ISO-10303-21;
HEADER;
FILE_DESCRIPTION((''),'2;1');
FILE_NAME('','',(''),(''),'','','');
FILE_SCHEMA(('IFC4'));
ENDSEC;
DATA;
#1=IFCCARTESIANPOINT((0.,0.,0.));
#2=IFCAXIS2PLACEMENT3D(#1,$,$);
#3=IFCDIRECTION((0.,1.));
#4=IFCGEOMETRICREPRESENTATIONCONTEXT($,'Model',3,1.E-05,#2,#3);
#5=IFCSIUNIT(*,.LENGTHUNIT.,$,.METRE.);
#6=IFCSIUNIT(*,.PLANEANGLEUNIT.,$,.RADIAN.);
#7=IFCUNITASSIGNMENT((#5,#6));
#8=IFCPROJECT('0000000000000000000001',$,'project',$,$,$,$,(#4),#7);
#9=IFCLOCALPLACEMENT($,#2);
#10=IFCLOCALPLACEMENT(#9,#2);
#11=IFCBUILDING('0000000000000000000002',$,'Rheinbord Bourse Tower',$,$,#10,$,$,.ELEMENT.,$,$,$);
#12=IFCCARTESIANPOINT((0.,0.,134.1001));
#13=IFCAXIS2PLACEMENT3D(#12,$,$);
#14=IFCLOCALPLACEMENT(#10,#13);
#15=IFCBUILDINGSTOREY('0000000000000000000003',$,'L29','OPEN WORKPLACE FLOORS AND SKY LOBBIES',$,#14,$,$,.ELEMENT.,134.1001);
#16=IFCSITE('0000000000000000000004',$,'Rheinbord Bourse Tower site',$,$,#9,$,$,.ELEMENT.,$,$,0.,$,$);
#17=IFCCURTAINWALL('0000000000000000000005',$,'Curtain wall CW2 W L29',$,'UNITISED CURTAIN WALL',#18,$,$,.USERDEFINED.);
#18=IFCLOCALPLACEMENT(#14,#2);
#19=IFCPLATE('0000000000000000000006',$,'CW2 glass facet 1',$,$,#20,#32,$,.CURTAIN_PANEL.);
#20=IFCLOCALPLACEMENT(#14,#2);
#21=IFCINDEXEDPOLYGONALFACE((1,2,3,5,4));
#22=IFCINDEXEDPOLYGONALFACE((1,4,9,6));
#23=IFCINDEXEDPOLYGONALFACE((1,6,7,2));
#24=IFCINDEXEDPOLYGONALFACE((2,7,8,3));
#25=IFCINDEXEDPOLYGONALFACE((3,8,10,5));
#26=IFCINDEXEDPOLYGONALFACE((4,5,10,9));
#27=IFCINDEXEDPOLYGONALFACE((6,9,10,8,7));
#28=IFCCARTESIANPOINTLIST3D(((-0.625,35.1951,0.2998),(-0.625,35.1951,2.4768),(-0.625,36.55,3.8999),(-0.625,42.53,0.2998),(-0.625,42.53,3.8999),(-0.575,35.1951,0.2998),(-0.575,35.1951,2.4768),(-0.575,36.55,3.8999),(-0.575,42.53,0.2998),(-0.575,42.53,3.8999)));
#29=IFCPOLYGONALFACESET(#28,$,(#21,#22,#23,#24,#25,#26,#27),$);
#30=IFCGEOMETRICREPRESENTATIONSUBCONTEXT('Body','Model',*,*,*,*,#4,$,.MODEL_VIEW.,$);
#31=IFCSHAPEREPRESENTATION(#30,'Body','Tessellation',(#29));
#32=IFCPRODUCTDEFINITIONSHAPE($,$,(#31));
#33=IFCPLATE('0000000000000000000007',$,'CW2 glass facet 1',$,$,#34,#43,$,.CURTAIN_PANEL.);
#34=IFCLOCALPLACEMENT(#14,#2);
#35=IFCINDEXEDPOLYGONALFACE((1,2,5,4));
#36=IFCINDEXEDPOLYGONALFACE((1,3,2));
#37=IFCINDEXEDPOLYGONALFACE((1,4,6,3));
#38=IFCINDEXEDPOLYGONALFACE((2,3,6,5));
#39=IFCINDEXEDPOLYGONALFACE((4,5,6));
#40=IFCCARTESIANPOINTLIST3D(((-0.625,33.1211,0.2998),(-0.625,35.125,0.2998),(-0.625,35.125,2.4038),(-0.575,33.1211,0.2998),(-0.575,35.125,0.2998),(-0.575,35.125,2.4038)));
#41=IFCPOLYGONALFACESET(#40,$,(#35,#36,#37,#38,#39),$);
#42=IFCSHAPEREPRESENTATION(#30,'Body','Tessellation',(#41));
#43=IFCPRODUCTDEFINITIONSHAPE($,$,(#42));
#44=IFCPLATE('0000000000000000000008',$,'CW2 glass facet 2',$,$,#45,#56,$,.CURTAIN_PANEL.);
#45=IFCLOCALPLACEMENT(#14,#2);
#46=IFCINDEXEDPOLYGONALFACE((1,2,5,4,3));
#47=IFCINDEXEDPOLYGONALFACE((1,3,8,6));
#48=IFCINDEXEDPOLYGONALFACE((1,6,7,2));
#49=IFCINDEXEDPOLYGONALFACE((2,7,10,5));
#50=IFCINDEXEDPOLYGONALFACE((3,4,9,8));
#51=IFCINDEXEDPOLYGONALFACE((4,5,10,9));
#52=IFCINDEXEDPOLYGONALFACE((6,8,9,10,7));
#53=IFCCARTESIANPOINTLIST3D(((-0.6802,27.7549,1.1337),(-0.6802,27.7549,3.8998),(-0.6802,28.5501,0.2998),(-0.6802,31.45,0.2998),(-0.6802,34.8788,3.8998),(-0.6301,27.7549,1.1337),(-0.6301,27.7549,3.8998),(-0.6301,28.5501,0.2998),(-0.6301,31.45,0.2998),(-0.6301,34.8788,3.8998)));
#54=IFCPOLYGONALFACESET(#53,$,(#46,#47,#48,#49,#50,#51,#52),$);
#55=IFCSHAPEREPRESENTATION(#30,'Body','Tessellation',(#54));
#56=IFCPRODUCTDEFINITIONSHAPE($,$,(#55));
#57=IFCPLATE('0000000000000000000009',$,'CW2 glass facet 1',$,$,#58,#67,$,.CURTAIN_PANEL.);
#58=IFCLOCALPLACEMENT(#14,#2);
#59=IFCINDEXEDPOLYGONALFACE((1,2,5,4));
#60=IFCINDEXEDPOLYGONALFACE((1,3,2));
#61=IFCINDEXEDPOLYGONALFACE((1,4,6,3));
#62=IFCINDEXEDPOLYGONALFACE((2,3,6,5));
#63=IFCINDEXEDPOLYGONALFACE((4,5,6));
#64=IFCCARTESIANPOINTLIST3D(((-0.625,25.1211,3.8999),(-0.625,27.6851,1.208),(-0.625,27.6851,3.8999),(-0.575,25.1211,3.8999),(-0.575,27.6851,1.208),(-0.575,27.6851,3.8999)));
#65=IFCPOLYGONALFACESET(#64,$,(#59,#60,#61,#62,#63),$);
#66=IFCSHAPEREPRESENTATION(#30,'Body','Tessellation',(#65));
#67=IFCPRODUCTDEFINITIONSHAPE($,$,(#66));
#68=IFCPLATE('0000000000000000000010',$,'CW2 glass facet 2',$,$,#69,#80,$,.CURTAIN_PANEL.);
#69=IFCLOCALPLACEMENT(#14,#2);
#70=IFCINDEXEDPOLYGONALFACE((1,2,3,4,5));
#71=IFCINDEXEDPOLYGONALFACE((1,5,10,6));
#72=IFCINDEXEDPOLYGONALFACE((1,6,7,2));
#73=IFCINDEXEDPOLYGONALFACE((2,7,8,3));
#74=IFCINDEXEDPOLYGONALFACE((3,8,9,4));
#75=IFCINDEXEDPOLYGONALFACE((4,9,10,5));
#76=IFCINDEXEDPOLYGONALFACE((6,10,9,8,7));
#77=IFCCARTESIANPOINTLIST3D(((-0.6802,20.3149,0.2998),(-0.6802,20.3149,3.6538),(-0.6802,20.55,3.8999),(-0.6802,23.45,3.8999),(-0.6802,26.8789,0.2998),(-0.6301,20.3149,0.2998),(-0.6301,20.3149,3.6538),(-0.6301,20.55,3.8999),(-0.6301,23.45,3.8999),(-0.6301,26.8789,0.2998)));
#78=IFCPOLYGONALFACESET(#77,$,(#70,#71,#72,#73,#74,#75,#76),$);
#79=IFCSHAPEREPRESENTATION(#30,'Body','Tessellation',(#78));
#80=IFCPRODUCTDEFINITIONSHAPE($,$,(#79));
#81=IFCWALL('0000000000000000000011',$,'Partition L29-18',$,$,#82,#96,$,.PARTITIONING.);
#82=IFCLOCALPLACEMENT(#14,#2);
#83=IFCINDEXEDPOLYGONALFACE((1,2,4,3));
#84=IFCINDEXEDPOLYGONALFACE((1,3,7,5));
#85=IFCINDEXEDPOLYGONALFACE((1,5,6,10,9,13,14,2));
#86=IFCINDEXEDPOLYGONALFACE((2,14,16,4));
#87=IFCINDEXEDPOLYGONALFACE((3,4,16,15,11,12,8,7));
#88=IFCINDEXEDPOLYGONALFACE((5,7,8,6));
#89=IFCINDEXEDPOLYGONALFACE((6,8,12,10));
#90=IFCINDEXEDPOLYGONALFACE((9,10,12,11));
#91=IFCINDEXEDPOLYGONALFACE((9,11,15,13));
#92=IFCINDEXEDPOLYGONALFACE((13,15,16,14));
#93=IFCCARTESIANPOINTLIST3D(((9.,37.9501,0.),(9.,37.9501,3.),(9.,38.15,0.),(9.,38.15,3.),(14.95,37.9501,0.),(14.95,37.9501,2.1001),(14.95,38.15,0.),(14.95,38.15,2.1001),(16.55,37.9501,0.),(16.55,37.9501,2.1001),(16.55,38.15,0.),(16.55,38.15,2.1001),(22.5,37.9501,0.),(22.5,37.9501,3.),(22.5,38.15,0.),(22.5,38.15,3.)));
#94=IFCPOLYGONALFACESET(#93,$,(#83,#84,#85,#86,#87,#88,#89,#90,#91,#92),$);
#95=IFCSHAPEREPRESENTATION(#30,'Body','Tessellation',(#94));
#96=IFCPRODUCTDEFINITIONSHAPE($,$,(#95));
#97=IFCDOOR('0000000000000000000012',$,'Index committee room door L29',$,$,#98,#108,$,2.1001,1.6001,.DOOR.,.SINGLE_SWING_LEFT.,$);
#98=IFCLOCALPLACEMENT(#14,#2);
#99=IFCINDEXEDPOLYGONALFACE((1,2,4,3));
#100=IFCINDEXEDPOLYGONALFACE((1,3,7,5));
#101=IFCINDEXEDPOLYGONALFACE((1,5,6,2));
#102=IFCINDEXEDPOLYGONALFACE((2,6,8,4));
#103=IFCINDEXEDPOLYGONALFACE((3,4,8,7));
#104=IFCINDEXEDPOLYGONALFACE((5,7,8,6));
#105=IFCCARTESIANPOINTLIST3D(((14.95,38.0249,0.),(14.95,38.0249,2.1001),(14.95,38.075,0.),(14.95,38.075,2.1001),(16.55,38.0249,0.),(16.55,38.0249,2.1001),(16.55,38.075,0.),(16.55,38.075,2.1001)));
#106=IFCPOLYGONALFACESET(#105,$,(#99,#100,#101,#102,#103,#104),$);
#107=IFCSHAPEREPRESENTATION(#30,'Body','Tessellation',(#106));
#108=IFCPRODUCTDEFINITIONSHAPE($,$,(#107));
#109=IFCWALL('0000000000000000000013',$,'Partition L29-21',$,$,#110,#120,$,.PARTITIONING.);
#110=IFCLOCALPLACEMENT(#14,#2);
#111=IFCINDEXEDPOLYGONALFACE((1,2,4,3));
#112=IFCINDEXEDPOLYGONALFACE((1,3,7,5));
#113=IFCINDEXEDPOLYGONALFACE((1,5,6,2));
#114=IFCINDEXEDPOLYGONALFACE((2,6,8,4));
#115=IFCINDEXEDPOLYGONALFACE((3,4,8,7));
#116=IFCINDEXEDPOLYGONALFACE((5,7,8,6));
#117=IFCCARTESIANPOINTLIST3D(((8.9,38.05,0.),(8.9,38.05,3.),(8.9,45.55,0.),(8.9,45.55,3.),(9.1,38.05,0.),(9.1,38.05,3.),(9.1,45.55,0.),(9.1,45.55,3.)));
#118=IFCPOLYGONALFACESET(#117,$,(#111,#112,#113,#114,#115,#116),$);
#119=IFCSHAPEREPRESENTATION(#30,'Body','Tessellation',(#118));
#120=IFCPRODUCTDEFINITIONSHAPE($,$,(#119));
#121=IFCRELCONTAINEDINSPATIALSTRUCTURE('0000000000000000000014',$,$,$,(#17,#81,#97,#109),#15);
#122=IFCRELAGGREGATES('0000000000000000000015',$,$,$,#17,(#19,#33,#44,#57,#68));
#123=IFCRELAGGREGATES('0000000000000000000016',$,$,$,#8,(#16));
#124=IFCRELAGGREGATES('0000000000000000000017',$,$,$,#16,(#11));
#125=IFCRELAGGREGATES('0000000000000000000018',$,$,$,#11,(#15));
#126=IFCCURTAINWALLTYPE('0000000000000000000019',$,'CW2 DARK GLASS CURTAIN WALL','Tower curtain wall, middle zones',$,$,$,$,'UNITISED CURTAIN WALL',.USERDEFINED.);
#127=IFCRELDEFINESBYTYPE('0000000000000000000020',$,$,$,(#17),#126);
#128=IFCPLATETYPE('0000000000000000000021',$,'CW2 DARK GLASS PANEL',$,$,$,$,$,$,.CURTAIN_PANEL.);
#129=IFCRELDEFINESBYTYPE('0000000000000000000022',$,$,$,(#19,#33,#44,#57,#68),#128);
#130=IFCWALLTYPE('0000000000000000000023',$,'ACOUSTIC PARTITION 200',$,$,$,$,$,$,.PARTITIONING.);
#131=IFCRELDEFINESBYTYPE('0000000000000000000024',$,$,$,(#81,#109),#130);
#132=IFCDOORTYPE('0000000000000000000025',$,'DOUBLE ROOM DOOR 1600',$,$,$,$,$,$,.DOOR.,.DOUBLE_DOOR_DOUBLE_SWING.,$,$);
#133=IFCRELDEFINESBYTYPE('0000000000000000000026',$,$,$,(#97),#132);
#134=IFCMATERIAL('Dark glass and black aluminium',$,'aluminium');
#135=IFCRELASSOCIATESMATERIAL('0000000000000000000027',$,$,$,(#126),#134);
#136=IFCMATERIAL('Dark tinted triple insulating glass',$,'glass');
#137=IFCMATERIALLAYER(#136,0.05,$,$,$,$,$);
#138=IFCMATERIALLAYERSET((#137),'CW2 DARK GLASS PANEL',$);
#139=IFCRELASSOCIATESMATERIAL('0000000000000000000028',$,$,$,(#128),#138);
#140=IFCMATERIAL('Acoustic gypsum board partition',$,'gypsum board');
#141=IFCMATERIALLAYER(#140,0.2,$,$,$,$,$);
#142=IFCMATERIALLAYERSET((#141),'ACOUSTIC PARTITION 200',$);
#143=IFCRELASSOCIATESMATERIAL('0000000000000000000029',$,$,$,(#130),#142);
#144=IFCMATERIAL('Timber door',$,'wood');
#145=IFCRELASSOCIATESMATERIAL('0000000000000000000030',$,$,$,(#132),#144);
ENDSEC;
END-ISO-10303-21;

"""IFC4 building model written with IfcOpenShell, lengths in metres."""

from ifc_helpers import new_model, si_unit, direction, frame, frame_2d, origin, place, context, subcontext, project, spatial, polyline, rectangle, outline, extrude, material, layer, layer_set, type_object, element, fill, aggregate, save


model = new_model("IFC4")

# Units and contexts
model_context = context("Model", 3, precision=1e-05, world=origin(), true_north=direction((0.0, 1.0)))
body_context = subcontext(model_context, "Body", "Model", "MODEL_VIEW")
ifc_project = project(units=[si_unit("LENGTHUNIT", "METRE"), si_unit("PLANEANGLEUNIT", "RADIAN")], contexts=[model_context])

# Site, building, storey
site_placement = place(None, origin())
site = spatial("IfcSite", under=ifc_project, at=site_placement, Name="Rheinbord Bourse Tower site", CompositionType="ELEMENT", RefElevation=0.0)
building_placement = place(site_placement, origin())
building = spatial("IfcBuilding", under=site, at=building_placement, Name="Rheinbord Bourse Tower", CompositionType="ELEMENT")
storey_placement = place(building_placement, frame((0.0, 0.0, 134.1001)))
storey = spatial("IfcBuildingStorey", under=building, at=storey_placement, Name="L29", Description="OPEN WORKPLACE FLOORS AND SKY LOBBIES", CompositionType="ELEMENT", Elevation=134.1001)

# Curtain wall
ifc_material_1 = material(Name="Dark glass and black aluminium", Category="aluminium")
curtain_wall_type = type_object("IfcCurtainWallType", Name="CW2 DARK GLASS CURTAIN WALL", Description="Tower curtain wall, middle zones", ElementType="UNITISED CURTAIN WALL", PredefinedType="USERDEFINED", material=ifc_material_1)
curtain_wall_placement = place(storey_placement, origin())
curtain_wall = element("IfcCurtainWall", 1, at=curtain_wall_placement, inside=storey, type_object=curtain_wall_type, Name="Curtain wall CW2 W L29", ObjectType="UNITISED CURTAIN WALL", PredefinedType="USERDEFINED")

# Plates
ifc_material_2 = material(Name="Dark tinted triple insulating glass", Category="glass")
ifc_layer_1 = layer(ifc_material_2, 0.05)
ifc_layer_set_1 = layer_set([ifc_layer_1], Name="CW2 DARK GLASS PANEL")
plate_type = type_object("IfcPlateType", Name="CW2 DARK GLASS PANEL", PredefinedType="CURTAIN_PANEL", material=ifc_layer_set_1)
plate_1_placement = place(storey_placement, frame((-0.625, 35.1951, 0.2998), z_axis=(1.0, 0.0, 0.0), x_axis=(0.0, 1.0, 0.0)))
plate_1 = element("IfcPlate", 2, at=plate_1_placement, type_object=plate_type, Name="CW2 glass facet 1", PredefinedType="CURTAIN_PANEL", context=body_context, shape_type="SweptSolid", body=[
    extrude(outline(polyline([(0.0, 0.0), (7.335, 0.0), (7.335, 3.6001), (1.355, 3.6001), (0.0, 2.177), (0.0, 0.0)])), origin(), (0.0, 0.0, 1.0), 0.05),
])
plate_2_placement = place(storey_placement, frame((-0.625, 35.125, 0.2998), z_axis=(1.0, 0.0, 0.0), x_axis=(0.0, 0.0, 1.0)))
plate_2 = element("IfcPlate", 3, at=plate_2_placement, type_object=plate_type, Name="CW2 glass facet 1", PredefinedType="CURTAIN_PANEL", context=body_context, shape_type="SweptSolid", body=[
    extrude(outline(polyline([(0.0, 0.0), (2.104, 0.0), (0.0, 2.0039), (0.0, 0.0)])), origin(), (0.0, 0.0, 1.0), 0.05),
])
plate_3_placement = place(storey_placement, frame((-0.6802, 31.45, 0.2998), z_axis=(1.0, 0.0, 0.0), x_axis=(0.0, 0.689686, 0.724109)))
plate_3 = element("IfcPlate", 4, at=plate_3_placement, type_object=plate_type, Name="CW2 glass facet 2", PredefinedType="CURTAIN_PANEL", context=body_context, shape_type="SweptSolid", body=[
    extrude(outline(polyline([(0.0, 0.0), (4.9717, 0.0), (0.0583, 5.1584), (-1.9446, 3.2507), (-2.0, 2.0999), (0.0, 0.0)])), origin(), (0.0, 0.0, 1.0), 0.05),
])
plate_4_placement = place(storey_placement, frame((-0.625, 27.6851, 3.8999), z_axis=(1.0, 0.0, 0.0), x_axis=(0.0, -1.0, 0.0)))
plate_4 = element("IfcPlate", 5, at=plate_4_placement, type_object=plate_type, Name="CW2 glass facet 1", PredefinedType="CURTAIN_PANEL", context=body_context, shape_type="SweptSolid", body=[
    extrude(outline(polyline([(0.0, 0.0), (2.564, 0.0), (0.0, 2.6919), (0.0, 0.0)])), origin(), (0.0, 0.0, 1.0), 0.05),
])
plate_5_placement = place(storey_placement, frame((-0.6802, 20.3149, 0.2998), z_axis=(1.0, 0.0, 0.0), x_axis=(0.0, 1.0, 0.0)))
plate_5 = element("IfcPlate", 6, at=plate_5_placement, type_object=plate_type, Name="CW2 glass facet 2", PredefinedType="CURTAIN_PANEL", context=body_context, shape_type="SweptSolid", body=[
    extrude(outline(polyline([(0.0, 0.0), (6.564, 0.0), (3.135, 3.6001), (0.2351, 3.6001), (0.0, 3.354), (0.0, 0.0)])), origin(), (0.0, 0.0, 1.0), 0.05),
])
aggregate(curtain_wall, [plate_1, plate_2, plate_3, plate_4, plate_5])

# Wall, opening, door
ifc_material_3 = material(Name="Acoustic gypsum board partition", Category="gypsum board")
ifc_layer_2 = layer(ifc_material_3, 0.2)
ifc_layer_set_2 = layer_set([ifc_layer_2], Name="ACOUSTIC PARTITION 200")
wall_type = type_object("IfcWallType", Name="ACOUSTIC PARTITION 200", PredefinedType="PARTITIONING", material=ifc_layer_set_2)
wall_1_placement = place(storey_placement, frame((9.0, 38.05, 0.0), z_axis=(0.0, 0.0, 1.0), x_axis=(1.0, 0.0, 0.0)))
wall_1 = element("IfcWall", 7, at=wall_1_placement, inside=storey, type_object=wall_type, Name="Partition L29-18", PredefinedType="PARTITIONING", context=body_context, shape_type="SweptSolid", body=[
    extrude(rectangle(XDim=13.5, YDim=0.2, at=frame_2d((6.75, 0.0))), origin(), (0.0, 0.0, 1.0), 3.0),
])
opening_placement = place(wall_1_placement, frame((5.95, 0.0, 0.0)))
opening = element("IfcOpeningElement", 8, at=opening_placement, cuts=wall_1, PredefinedType="OPENING", context=body_context, shape_type="SweptSolid", body=[
    extrude(rectangle(XDim=1.6001, YDim=2.1001, at=frame_2d((0.8, 1.05))), frame((0.0, 0.1099, 0.0), z_axis=(0.0, -1.0, 0.0), x_axis=(1.0, 0.0, 0.0)), (0.0, 0.0, 1.0), 0.22),
])
ifc_material_4 = material(Name="Timber door", Category="wood")
door_type = type_object("IfcDoorType", Name="DOUBLE ROOM DOOR 1600", OperationType="DOUBLE_DOOR_DOUBLE_SWING", PredefinedType="DOOR", material=ifc_material_4)
door_placement = place(opening_placement, origin())
door = element("IfcDoor", 9, at=door_placement, inside=storey, type_object=door_type, Name="Index committee room door L29", OperationType="SINGLE_SWING_LEFT", OverallHeight=2.1001, OverallWidth=1.6001, PredefinedType="DOOR", context=body_context, shape_type="SweptSolid", body=[
    extrude(rectangle(XDim=1.6001, YDim=2.1001, at=frame_2d((0.8, 1.05))), frame((0.0, 0.0249, 0.0), z_axis=(0.0, -1.0, 0.0), x_axis=(1.0, 0.0, 0.0)), (0.0, 0.0, 1.0), 0.05),
])
fill(opening, door)

# Wall
wall_2_placement = place(storey_placement, frame((9.0, 38.05, 0.0), z_axis=(0.0, 0.0, 1.0), x_axis=(0.0, 1.0, 0.0)))
element("IfcWall", 10, at=wall_2_placement, inside=storey, type_object=wall_type, Name="Partition L29-21", PredefinedType="PARTITIONING", context=body_context, shape_type="SweptSolid", body=[
    extrude(rectangle(XDim=7.5, YDim=0.2, at=frame_2d((3.75, 0.0))), origin(), (0.0, 0.0, 1.0), 3.0),
])

save(model, "model.ifc")
